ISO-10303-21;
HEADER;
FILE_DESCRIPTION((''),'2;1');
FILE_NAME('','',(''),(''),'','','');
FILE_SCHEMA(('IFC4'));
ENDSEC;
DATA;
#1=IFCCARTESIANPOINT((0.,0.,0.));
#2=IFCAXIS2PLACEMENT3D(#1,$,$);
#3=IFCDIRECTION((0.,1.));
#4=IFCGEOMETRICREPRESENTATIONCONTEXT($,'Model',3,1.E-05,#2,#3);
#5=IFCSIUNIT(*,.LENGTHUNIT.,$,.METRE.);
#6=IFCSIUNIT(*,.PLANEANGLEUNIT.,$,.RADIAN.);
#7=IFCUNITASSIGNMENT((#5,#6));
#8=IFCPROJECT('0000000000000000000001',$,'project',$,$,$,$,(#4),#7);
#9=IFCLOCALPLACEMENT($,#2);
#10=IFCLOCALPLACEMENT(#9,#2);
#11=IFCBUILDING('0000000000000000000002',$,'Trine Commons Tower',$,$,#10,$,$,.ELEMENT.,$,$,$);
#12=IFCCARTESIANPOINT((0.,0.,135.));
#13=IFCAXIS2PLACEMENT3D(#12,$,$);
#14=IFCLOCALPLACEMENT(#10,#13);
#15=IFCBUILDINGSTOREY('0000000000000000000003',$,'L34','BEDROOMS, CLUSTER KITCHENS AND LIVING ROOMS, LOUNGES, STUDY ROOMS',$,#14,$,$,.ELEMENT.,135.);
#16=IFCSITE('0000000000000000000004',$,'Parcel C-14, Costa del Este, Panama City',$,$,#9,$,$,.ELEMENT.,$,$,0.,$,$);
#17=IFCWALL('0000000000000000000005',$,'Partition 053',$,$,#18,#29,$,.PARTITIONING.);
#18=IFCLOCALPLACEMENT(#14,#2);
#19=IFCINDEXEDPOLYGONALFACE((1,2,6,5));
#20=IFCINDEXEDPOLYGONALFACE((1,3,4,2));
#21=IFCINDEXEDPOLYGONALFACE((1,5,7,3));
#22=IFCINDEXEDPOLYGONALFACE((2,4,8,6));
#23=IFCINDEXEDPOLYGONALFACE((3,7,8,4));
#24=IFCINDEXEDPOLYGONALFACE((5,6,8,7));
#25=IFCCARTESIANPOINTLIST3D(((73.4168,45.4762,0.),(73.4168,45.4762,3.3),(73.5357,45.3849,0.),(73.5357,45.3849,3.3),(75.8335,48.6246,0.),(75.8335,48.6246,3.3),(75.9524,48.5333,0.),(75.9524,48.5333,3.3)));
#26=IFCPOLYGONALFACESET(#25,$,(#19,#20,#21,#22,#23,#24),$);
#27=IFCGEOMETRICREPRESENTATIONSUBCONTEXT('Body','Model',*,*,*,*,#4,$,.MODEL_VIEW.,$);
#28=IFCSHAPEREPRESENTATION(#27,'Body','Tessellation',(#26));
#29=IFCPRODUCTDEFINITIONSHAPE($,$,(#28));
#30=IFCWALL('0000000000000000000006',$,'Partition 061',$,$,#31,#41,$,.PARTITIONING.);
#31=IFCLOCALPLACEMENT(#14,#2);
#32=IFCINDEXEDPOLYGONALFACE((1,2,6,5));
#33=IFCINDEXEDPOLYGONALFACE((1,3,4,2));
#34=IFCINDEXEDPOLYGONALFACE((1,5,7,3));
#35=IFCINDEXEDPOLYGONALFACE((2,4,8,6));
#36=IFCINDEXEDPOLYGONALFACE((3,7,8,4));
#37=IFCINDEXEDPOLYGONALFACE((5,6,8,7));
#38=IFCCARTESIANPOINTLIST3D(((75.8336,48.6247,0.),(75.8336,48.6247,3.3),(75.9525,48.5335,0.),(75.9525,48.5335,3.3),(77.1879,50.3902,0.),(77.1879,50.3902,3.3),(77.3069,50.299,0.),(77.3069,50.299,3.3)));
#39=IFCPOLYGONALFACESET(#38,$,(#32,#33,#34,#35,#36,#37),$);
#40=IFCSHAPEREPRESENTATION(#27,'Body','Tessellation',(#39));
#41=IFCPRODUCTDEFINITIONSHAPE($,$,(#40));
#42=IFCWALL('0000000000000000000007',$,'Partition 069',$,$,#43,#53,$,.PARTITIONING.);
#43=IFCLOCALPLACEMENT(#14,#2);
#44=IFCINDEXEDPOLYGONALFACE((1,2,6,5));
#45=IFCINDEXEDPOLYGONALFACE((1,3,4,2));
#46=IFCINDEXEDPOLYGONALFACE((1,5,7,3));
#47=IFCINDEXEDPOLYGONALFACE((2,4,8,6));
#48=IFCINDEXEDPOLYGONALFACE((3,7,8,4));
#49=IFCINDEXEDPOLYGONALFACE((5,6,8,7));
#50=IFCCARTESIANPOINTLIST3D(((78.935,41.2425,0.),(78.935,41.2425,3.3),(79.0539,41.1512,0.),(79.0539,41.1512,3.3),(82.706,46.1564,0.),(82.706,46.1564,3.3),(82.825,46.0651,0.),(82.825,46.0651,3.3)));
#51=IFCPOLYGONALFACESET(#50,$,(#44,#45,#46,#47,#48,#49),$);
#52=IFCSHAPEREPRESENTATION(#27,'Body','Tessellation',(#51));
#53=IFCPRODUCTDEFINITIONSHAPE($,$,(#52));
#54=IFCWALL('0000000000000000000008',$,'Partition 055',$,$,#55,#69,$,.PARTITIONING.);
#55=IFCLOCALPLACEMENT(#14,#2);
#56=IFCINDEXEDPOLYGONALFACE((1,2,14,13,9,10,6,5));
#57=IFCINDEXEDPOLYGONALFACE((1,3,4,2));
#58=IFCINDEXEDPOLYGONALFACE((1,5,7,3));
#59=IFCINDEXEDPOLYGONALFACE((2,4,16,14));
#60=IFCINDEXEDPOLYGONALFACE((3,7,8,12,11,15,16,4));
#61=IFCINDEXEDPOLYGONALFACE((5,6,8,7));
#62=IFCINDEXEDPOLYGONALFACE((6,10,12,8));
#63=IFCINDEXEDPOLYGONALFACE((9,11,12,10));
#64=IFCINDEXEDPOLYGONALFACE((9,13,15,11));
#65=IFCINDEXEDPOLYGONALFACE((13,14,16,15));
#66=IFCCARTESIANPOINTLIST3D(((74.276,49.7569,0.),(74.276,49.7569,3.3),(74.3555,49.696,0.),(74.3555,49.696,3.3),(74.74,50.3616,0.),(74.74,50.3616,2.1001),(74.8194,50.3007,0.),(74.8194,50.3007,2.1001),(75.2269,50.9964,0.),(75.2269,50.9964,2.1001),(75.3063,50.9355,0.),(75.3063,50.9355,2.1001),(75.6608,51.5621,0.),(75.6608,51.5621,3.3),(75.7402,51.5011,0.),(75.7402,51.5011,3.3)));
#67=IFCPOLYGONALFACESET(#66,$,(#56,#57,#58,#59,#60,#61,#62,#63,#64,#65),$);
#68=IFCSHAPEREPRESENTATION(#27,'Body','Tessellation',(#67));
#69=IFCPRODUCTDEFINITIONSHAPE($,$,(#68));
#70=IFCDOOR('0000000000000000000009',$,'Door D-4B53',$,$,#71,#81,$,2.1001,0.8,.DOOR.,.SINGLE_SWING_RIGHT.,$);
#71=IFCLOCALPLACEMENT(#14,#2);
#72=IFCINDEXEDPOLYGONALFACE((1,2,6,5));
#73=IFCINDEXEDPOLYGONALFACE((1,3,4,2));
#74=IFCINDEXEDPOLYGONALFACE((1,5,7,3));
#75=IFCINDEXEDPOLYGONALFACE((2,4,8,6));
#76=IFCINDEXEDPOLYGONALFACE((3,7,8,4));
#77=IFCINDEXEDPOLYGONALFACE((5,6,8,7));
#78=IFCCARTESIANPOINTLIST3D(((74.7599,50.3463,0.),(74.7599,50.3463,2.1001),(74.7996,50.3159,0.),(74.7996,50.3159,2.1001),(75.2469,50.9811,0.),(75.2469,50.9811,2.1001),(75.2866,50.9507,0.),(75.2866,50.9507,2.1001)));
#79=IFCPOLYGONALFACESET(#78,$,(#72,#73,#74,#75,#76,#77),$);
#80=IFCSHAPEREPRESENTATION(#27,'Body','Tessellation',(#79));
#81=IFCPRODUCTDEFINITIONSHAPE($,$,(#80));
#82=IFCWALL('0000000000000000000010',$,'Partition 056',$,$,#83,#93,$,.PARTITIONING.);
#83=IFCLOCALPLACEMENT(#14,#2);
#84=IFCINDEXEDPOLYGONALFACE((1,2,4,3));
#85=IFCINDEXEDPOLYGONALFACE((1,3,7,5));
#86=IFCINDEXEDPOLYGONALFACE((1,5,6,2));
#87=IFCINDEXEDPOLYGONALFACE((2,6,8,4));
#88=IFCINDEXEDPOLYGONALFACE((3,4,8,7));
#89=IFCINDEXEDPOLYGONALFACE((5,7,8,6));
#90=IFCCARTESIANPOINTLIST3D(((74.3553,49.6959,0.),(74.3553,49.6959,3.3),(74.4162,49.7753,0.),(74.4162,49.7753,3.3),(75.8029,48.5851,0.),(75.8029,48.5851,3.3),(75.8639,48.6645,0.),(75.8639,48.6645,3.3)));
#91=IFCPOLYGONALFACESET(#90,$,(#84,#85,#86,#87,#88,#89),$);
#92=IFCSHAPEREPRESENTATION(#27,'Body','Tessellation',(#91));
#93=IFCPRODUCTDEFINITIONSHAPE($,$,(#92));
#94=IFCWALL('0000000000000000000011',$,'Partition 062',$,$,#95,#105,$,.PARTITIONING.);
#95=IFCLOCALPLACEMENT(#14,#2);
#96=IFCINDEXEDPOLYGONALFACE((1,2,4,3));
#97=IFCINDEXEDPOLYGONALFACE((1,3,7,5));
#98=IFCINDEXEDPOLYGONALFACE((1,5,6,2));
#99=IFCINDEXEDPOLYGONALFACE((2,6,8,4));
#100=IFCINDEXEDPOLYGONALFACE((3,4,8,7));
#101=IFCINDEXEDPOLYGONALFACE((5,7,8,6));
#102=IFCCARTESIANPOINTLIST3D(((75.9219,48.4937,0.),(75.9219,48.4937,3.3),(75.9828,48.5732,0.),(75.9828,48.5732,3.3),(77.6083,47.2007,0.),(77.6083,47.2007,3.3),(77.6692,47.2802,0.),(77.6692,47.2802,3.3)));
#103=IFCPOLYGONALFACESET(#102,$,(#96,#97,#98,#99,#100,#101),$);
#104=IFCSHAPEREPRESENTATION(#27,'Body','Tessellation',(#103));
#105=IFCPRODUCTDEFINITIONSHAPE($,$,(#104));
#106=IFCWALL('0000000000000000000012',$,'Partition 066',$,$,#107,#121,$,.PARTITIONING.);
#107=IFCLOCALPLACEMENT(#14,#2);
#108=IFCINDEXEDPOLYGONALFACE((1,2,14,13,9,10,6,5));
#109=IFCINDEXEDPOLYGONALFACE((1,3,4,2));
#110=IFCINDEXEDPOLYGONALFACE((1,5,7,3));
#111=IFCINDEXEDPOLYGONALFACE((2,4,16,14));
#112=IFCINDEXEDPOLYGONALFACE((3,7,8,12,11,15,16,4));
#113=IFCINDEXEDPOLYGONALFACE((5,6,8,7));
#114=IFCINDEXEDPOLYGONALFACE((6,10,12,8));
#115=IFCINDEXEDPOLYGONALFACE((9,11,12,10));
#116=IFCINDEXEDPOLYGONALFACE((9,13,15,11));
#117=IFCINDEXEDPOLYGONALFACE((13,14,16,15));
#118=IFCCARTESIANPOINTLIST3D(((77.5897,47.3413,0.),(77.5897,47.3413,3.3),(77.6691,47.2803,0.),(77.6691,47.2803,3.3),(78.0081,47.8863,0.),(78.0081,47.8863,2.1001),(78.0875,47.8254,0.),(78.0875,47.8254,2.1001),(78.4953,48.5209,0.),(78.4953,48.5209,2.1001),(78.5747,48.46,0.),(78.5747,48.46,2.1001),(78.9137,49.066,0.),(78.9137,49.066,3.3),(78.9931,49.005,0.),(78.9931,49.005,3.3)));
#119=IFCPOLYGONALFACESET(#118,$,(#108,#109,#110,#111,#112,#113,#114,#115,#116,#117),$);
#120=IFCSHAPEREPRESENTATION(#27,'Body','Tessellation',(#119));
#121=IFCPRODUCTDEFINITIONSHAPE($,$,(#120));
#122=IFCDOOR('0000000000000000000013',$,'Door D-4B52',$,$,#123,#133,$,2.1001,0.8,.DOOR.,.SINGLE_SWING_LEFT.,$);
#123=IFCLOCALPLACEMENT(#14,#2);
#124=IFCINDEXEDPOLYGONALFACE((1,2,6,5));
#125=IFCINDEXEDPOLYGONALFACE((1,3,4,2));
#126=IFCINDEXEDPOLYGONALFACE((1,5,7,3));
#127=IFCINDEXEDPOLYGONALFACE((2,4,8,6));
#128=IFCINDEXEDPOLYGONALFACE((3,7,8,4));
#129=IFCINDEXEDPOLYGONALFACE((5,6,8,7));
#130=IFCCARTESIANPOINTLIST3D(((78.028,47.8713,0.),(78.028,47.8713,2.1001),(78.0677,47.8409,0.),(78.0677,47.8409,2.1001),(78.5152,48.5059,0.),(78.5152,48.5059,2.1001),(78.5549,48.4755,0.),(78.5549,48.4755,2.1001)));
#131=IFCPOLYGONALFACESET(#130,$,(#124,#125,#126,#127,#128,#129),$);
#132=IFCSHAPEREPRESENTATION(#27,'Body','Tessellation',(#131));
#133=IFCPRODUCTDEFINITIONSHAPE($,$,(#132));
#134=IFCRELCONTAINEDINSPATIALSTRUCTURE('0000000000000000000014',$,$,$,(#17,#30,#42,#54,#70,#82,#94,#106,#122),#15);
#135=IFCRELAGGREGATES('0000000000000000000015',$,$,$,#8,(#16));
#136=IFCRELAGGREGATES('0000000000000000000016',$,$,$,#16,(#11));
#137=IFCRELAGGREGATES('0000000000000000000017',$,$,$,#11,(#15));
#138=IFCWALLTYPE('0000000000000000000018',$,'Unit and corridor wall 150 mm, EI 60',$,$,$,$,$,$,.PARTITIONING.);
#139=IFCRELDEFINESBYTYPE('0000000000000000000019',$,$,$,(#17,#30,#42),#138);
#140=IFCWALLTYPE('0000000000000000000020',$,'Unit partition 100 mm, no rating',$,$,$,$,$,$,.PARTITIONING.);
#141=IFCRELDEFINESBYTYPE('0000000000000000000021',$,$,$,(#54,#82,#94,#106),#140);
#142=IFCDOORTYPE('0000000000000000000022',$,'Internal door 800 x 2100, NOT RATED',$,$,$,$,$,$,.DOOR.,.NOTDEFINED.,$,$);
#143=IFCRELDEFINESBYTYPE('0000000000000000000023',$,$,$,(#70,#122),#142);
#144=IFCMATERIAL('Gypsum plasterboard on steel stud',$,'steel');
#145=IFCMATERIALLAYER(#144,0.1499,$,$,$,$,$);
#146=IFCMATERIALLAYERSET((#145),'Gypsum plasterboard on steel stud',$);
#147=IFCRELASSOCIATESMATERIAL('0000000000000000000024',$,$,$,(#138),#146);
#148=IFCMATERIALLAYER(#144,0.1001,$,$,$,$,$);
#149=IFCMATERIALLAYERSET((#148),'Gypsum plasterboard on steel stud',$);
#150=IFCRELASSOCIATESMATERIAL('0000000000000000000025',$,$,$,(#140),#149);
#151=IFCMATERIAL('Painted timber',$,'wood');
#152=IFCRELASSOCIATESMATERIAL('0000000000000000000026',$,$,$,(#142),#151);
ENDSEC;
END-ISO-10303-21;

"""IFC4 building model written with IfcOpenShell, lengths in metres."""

from ifc_helpers import new_model, si_unit, direction, frame, frame_2d, origin, place, context, subcontext, project, spatial, rectangle, extrude, material, layer, layer_set, type_object, element, fill, save


model = new_model("IFC4")

# Units and contexts
model_context = context("Model", 3, precision=1e-05, world=origin(), true_north=direction((0.0, 1.0)))
body_context = subcontext(model_context, "Body", "Model", "MODEL_VIEW")
ifc_project = project(units=[si_unit("LENGTHUNIT", "METRE"), si_unit("PLANEANGLEUNIT", "RADIAN")], contexts=[model_context])

# Site, building, storey
site_placement = place(None, origin())
site = spatial("IfcSite", under=ifc_project, at=site_placement, Name="Parcel C-14, Costa del Este, Panama City", CompositionType="ELEMENT", RefElevation=0.0)
building_placement = place(site_placement, origin())
building = spatial("IfcBuilding", under=site, at=building_placement, Name="Trine Commons Tower", CompositionType="ELEMENT")
storey_placement = place(building_placement, frame((0.0, 0.0, 135.0)))
storey = spatial("IfcBuildingStorey", under=building, at=storey_placement, Name="L34", Description="BEDROOMS, CLUSTER KITCHENS AND LIVING ROOMS, LOUNGES, STUDY ROOMS", CompositionType="ELEMENT", Elevation=135.0)

# Shared definitions
ifc_material_1 = material(Name="Gypsum plasterboard on steel stud", Category="steel")
ifc_layer_1 = layer(ifc_material_1, 0.1499)
ifc_layer_set_1 = layer_set([ifc_layer_1], Name="Gypsum plasterboard on steel stud")
wall_type_1 = type_object("IfcWallType", Name="Unit and corridor wall 150 mm, EI 60", PredefinedType="PARTITIONING", material=ifc_layer_set_1)

# Walls
wall_1_placement = place(storey_placement, frame((73.4763, 45.4307, 0.0), z_axis=(0.0, 0.0, 1.0), x_axis=(0.608899, 0.793248, 0.0)))
element("IfcWall", 1, at=wall_1_placement, inside=storey, type_object=wall_type_1, Name="Partition 053", PredefinedType="PARTITIONING", context=body_context, shape_type="SweptSolid", body=[
    extrude(rectangle(XDim=3.969, YDim=0.1499, at=frame_2d((1.9844, 0.0))), origin(), (0.0, 0.0, 1.0), 3.3),
])
wall_2_placement = place(storey_placement, frame((75.8931, 48.5791, 0.0), z_axis=(0.0, 0.0, 1.0), x_axis=(0.608655, 0.793435, 0.0)))
element("IfcWall", 2, at=wall_2_placement, inside=storey, type_object=wall_type_1, Name="Partition 061", PredefinedType="PARTITIONING", context=body_context, shape_type="SweptSolid", body=[
    extrude(rectangle(XDim=2.2251, YDim=0.1499, at=frame_2d((1.1125, 0.0))), origin(), (0.0, 0.0, 1.0), 3.3),
])
wall_3_placement = place(storey_placement, frame((78.9944, 41.1968, 0.0), z_axis=(0.0, 0.0, 1.0), x_axis=(0.608811, 0.793315, 0.0)))
element("IfcWall", 3, at=wall_3_placement, inside=storey, type_object=wall_type_1, Name="Partition 069", PredefinedType="PARTITIONING", context=body_context, shape_type="SweptSolid", body=[
    extrude(rectangle(XDim=6.1941, YDim=0.1499, at=frame_2d((3.0972, 0.0))), origin(), (0.0, 0.0, 1.0), 3.3),
])

# Wall, opening, door
ifc_layer_2 = layer(ifc_material_1, 0.1001)
ifc_layer_set_2 = layer_set([ifc_layer_2], Name="Gypsum plasterboard on steel stud")
wall_type_2 = type_object("IfcWallType", Name="Unit partition 100 mm, no rating", PredefinedType="PARTITIONING", material=ifc_layer_set_2)
wall_4_placement = place(storey_placement, frame((74.3157, 49.7263, 0.0), z_axis=(0.0, 0.0, 1.0), x_axis=(0.608652, 0.793437, 0.0)))
wall_4 = element("IfcWall", 4, at=wall_4_placement, inside=storey, type_object=wall_type_2, Name="Partition 055", PredefinedType="PARTITIONING", context=body_context, shape_type="SweptSolid", body=[
    extrude(rectangle(XDim=2.2751, YDim=0.1001, at=frame_2d((1.1377, 0.0))), origin(), (0.0, 0.0, 1.0), 3.3),
])
opening_1_placement = place(wall_4_placement, frame((0.7625, 0.0, 0.0)))
opening_1 = element("IfcOpeningElement", 5, at=opening_1_placement, cuts=wall_4, PredefinedType="OPENING", context=body_context, shape_type="SweptSolid", body=[
    extrude(rectangle(XDim=0.8, YDim=2.1001, at=frame_2d((0.3999, 1.05))), frame((0.0, 0.0601, 0.0), z_axis=(0.0, -1.0, 0.0), x_axis=(1.0, 0.0, 0.0)), (0.0, 0.0, 1.0), 0.1201),
])
ifc_material_2 = material(Name="Painted timber", Category="wood")
door_type_1 = type_object("IfcDoorType", Name="Internal door 800 x 2100, NOT RATED", OperationType="NOTDEFINED", PredefinedType="DOOR", material=ifc_material_2)
door_1_placement = place(opening_1_placement, origin())
door_1 = element("IfcDoor", 6, at=door_1_placement, inside=storey, type_object=door_type_1, Name="Door D-4B53", OperationType="SINGLE_SWING_RIGHT", OverallHeight=2.1001, OverallWidth=0.8, PredefinedType="DOOR", context=body_context, shape_type="SweptSolid", body=[
    extrude(rectangle(XDim=0.8, YDim=2.1001, at=frame_2d((0.3999, 1.05))), frame((0.0, 0.0249, 0.0), z_axis=(0.0, -1.0, 0.0), x_axis=(1.0, 0.0, 0.0)), (0.0, 0.0, 1.0), 0.05),
])
fill(opening_1, door_1)

# Walls
wall_5_placement = place(storey_placement, frame((74.3857, 49.7356, 0.0), z_axis=(0.0, 0.0, 1.0), x_axis=(0.793369, -0.60874, 0.0)))
element("IfcWall", 7, at=wall_5_placement, inside=storey, type_object=wall_type_2, Name="Partition 056", PredefinedType="PARTITIONING", context=body_context, shape_type="SweptSolid", body=[
    extrude(rectangle(XDim=1.8247, YDim=0.1001, at=frame_2d((0.9124, 0.0))), origin(), (0.0, 0.0, 1.0), 3.3),
])
wall_6_placement = place(storey_placement, frame((75.9524, 48.5334, 0.0), z_axis=(0.0, 0.0, 1.0), x_axis=(0.793571, -0.608477, 0.0)))
element("IfcWall", 8, at=wall_6_placement, inside=storey, type_object=wall_type_2, Name="Partition 062", PredefinedType="PARTITIONING", context=body_context, shape_type="SweptSolid", body=[
    extrude(rectangle(XDim=2.125, YDim=0.1001, at=frame_2d((1.0625, 0.0))), origin(), (0.0, 0.0, 1.0), 3.3),
])

# Wall, opening, door
wall_7_placement = place(storey_placement, frame((77.6294, 47.3108, 0.0), z_axis=(0.0, 0.0, 1.0), x_axis=(0.608945, 0.793212, 0.0)))
wall_7 = element("IfcWall", 9, at=wall_7_placement, inside=storey, type_object=wall_type_2, Name="Partition 066", PredefinedType="PARTITIONING", context=body_context, shape_type="SweptSolid", body=[
    extrude(rectangle(XDim=2.1743, YDim=0.1001, at=frame_2d((1.0872, 0.0))), origin(), (0.0, 0.0, 1.0), 3.3),
])
opening_2_placement = place(wall_7_placement, frame((0.6873, 0.0, 0.0)))
opening_2 = element("IfcOpeningElement", 10, at=opening_2_placement, cuts=wall_7, PredefinedType="OPENING", context=body_context, shape_type="SweptSolid", body=[
    extrude(rectangle(XDim=0.8, YDim=2.1001, at=frame_2d((0.3999, 1.05))), frame((0.0, 0.0601, 0.0), z_axis=(0.0, -1.0, 0.0), x_axis=(1.0, 0.0, 0.0)), (0.0, 0.0, 1.0), 0.1201),
])
door_2_placement = place(opening_2_placement, frame((0.8, 0.0, 0.0), z_axis=(0.0, 0.0, 1.0), x_axis=(-1.0, 0.0, 0.0)))
door_2 = element("IfcDoor", 11, at=door_2_placement, inside=storey, type_object=door_type_1, Name="Door D-4B52", OperationType="SINGLE_SWING_LEFT", OverallHeight=2.1001, OverallWidth=0.8, PredefinedType="DOOR", context=body_context, shape_type="SweptSolid", body=[
    extrude(rectangle(XDim=0.8, YDim=2.1001, at=frame_2d((0.3999, 1.05))), frame((0.0, 0.0249, 0.0), z_axis=(0.0, -1.0, 0.0), x_axis=(1.0, 0.0, 0.0)), (0.0, 0.0, 1.0), 0.05),
])
fill(opening_2, door_2)

save(model, "model.ifc")
